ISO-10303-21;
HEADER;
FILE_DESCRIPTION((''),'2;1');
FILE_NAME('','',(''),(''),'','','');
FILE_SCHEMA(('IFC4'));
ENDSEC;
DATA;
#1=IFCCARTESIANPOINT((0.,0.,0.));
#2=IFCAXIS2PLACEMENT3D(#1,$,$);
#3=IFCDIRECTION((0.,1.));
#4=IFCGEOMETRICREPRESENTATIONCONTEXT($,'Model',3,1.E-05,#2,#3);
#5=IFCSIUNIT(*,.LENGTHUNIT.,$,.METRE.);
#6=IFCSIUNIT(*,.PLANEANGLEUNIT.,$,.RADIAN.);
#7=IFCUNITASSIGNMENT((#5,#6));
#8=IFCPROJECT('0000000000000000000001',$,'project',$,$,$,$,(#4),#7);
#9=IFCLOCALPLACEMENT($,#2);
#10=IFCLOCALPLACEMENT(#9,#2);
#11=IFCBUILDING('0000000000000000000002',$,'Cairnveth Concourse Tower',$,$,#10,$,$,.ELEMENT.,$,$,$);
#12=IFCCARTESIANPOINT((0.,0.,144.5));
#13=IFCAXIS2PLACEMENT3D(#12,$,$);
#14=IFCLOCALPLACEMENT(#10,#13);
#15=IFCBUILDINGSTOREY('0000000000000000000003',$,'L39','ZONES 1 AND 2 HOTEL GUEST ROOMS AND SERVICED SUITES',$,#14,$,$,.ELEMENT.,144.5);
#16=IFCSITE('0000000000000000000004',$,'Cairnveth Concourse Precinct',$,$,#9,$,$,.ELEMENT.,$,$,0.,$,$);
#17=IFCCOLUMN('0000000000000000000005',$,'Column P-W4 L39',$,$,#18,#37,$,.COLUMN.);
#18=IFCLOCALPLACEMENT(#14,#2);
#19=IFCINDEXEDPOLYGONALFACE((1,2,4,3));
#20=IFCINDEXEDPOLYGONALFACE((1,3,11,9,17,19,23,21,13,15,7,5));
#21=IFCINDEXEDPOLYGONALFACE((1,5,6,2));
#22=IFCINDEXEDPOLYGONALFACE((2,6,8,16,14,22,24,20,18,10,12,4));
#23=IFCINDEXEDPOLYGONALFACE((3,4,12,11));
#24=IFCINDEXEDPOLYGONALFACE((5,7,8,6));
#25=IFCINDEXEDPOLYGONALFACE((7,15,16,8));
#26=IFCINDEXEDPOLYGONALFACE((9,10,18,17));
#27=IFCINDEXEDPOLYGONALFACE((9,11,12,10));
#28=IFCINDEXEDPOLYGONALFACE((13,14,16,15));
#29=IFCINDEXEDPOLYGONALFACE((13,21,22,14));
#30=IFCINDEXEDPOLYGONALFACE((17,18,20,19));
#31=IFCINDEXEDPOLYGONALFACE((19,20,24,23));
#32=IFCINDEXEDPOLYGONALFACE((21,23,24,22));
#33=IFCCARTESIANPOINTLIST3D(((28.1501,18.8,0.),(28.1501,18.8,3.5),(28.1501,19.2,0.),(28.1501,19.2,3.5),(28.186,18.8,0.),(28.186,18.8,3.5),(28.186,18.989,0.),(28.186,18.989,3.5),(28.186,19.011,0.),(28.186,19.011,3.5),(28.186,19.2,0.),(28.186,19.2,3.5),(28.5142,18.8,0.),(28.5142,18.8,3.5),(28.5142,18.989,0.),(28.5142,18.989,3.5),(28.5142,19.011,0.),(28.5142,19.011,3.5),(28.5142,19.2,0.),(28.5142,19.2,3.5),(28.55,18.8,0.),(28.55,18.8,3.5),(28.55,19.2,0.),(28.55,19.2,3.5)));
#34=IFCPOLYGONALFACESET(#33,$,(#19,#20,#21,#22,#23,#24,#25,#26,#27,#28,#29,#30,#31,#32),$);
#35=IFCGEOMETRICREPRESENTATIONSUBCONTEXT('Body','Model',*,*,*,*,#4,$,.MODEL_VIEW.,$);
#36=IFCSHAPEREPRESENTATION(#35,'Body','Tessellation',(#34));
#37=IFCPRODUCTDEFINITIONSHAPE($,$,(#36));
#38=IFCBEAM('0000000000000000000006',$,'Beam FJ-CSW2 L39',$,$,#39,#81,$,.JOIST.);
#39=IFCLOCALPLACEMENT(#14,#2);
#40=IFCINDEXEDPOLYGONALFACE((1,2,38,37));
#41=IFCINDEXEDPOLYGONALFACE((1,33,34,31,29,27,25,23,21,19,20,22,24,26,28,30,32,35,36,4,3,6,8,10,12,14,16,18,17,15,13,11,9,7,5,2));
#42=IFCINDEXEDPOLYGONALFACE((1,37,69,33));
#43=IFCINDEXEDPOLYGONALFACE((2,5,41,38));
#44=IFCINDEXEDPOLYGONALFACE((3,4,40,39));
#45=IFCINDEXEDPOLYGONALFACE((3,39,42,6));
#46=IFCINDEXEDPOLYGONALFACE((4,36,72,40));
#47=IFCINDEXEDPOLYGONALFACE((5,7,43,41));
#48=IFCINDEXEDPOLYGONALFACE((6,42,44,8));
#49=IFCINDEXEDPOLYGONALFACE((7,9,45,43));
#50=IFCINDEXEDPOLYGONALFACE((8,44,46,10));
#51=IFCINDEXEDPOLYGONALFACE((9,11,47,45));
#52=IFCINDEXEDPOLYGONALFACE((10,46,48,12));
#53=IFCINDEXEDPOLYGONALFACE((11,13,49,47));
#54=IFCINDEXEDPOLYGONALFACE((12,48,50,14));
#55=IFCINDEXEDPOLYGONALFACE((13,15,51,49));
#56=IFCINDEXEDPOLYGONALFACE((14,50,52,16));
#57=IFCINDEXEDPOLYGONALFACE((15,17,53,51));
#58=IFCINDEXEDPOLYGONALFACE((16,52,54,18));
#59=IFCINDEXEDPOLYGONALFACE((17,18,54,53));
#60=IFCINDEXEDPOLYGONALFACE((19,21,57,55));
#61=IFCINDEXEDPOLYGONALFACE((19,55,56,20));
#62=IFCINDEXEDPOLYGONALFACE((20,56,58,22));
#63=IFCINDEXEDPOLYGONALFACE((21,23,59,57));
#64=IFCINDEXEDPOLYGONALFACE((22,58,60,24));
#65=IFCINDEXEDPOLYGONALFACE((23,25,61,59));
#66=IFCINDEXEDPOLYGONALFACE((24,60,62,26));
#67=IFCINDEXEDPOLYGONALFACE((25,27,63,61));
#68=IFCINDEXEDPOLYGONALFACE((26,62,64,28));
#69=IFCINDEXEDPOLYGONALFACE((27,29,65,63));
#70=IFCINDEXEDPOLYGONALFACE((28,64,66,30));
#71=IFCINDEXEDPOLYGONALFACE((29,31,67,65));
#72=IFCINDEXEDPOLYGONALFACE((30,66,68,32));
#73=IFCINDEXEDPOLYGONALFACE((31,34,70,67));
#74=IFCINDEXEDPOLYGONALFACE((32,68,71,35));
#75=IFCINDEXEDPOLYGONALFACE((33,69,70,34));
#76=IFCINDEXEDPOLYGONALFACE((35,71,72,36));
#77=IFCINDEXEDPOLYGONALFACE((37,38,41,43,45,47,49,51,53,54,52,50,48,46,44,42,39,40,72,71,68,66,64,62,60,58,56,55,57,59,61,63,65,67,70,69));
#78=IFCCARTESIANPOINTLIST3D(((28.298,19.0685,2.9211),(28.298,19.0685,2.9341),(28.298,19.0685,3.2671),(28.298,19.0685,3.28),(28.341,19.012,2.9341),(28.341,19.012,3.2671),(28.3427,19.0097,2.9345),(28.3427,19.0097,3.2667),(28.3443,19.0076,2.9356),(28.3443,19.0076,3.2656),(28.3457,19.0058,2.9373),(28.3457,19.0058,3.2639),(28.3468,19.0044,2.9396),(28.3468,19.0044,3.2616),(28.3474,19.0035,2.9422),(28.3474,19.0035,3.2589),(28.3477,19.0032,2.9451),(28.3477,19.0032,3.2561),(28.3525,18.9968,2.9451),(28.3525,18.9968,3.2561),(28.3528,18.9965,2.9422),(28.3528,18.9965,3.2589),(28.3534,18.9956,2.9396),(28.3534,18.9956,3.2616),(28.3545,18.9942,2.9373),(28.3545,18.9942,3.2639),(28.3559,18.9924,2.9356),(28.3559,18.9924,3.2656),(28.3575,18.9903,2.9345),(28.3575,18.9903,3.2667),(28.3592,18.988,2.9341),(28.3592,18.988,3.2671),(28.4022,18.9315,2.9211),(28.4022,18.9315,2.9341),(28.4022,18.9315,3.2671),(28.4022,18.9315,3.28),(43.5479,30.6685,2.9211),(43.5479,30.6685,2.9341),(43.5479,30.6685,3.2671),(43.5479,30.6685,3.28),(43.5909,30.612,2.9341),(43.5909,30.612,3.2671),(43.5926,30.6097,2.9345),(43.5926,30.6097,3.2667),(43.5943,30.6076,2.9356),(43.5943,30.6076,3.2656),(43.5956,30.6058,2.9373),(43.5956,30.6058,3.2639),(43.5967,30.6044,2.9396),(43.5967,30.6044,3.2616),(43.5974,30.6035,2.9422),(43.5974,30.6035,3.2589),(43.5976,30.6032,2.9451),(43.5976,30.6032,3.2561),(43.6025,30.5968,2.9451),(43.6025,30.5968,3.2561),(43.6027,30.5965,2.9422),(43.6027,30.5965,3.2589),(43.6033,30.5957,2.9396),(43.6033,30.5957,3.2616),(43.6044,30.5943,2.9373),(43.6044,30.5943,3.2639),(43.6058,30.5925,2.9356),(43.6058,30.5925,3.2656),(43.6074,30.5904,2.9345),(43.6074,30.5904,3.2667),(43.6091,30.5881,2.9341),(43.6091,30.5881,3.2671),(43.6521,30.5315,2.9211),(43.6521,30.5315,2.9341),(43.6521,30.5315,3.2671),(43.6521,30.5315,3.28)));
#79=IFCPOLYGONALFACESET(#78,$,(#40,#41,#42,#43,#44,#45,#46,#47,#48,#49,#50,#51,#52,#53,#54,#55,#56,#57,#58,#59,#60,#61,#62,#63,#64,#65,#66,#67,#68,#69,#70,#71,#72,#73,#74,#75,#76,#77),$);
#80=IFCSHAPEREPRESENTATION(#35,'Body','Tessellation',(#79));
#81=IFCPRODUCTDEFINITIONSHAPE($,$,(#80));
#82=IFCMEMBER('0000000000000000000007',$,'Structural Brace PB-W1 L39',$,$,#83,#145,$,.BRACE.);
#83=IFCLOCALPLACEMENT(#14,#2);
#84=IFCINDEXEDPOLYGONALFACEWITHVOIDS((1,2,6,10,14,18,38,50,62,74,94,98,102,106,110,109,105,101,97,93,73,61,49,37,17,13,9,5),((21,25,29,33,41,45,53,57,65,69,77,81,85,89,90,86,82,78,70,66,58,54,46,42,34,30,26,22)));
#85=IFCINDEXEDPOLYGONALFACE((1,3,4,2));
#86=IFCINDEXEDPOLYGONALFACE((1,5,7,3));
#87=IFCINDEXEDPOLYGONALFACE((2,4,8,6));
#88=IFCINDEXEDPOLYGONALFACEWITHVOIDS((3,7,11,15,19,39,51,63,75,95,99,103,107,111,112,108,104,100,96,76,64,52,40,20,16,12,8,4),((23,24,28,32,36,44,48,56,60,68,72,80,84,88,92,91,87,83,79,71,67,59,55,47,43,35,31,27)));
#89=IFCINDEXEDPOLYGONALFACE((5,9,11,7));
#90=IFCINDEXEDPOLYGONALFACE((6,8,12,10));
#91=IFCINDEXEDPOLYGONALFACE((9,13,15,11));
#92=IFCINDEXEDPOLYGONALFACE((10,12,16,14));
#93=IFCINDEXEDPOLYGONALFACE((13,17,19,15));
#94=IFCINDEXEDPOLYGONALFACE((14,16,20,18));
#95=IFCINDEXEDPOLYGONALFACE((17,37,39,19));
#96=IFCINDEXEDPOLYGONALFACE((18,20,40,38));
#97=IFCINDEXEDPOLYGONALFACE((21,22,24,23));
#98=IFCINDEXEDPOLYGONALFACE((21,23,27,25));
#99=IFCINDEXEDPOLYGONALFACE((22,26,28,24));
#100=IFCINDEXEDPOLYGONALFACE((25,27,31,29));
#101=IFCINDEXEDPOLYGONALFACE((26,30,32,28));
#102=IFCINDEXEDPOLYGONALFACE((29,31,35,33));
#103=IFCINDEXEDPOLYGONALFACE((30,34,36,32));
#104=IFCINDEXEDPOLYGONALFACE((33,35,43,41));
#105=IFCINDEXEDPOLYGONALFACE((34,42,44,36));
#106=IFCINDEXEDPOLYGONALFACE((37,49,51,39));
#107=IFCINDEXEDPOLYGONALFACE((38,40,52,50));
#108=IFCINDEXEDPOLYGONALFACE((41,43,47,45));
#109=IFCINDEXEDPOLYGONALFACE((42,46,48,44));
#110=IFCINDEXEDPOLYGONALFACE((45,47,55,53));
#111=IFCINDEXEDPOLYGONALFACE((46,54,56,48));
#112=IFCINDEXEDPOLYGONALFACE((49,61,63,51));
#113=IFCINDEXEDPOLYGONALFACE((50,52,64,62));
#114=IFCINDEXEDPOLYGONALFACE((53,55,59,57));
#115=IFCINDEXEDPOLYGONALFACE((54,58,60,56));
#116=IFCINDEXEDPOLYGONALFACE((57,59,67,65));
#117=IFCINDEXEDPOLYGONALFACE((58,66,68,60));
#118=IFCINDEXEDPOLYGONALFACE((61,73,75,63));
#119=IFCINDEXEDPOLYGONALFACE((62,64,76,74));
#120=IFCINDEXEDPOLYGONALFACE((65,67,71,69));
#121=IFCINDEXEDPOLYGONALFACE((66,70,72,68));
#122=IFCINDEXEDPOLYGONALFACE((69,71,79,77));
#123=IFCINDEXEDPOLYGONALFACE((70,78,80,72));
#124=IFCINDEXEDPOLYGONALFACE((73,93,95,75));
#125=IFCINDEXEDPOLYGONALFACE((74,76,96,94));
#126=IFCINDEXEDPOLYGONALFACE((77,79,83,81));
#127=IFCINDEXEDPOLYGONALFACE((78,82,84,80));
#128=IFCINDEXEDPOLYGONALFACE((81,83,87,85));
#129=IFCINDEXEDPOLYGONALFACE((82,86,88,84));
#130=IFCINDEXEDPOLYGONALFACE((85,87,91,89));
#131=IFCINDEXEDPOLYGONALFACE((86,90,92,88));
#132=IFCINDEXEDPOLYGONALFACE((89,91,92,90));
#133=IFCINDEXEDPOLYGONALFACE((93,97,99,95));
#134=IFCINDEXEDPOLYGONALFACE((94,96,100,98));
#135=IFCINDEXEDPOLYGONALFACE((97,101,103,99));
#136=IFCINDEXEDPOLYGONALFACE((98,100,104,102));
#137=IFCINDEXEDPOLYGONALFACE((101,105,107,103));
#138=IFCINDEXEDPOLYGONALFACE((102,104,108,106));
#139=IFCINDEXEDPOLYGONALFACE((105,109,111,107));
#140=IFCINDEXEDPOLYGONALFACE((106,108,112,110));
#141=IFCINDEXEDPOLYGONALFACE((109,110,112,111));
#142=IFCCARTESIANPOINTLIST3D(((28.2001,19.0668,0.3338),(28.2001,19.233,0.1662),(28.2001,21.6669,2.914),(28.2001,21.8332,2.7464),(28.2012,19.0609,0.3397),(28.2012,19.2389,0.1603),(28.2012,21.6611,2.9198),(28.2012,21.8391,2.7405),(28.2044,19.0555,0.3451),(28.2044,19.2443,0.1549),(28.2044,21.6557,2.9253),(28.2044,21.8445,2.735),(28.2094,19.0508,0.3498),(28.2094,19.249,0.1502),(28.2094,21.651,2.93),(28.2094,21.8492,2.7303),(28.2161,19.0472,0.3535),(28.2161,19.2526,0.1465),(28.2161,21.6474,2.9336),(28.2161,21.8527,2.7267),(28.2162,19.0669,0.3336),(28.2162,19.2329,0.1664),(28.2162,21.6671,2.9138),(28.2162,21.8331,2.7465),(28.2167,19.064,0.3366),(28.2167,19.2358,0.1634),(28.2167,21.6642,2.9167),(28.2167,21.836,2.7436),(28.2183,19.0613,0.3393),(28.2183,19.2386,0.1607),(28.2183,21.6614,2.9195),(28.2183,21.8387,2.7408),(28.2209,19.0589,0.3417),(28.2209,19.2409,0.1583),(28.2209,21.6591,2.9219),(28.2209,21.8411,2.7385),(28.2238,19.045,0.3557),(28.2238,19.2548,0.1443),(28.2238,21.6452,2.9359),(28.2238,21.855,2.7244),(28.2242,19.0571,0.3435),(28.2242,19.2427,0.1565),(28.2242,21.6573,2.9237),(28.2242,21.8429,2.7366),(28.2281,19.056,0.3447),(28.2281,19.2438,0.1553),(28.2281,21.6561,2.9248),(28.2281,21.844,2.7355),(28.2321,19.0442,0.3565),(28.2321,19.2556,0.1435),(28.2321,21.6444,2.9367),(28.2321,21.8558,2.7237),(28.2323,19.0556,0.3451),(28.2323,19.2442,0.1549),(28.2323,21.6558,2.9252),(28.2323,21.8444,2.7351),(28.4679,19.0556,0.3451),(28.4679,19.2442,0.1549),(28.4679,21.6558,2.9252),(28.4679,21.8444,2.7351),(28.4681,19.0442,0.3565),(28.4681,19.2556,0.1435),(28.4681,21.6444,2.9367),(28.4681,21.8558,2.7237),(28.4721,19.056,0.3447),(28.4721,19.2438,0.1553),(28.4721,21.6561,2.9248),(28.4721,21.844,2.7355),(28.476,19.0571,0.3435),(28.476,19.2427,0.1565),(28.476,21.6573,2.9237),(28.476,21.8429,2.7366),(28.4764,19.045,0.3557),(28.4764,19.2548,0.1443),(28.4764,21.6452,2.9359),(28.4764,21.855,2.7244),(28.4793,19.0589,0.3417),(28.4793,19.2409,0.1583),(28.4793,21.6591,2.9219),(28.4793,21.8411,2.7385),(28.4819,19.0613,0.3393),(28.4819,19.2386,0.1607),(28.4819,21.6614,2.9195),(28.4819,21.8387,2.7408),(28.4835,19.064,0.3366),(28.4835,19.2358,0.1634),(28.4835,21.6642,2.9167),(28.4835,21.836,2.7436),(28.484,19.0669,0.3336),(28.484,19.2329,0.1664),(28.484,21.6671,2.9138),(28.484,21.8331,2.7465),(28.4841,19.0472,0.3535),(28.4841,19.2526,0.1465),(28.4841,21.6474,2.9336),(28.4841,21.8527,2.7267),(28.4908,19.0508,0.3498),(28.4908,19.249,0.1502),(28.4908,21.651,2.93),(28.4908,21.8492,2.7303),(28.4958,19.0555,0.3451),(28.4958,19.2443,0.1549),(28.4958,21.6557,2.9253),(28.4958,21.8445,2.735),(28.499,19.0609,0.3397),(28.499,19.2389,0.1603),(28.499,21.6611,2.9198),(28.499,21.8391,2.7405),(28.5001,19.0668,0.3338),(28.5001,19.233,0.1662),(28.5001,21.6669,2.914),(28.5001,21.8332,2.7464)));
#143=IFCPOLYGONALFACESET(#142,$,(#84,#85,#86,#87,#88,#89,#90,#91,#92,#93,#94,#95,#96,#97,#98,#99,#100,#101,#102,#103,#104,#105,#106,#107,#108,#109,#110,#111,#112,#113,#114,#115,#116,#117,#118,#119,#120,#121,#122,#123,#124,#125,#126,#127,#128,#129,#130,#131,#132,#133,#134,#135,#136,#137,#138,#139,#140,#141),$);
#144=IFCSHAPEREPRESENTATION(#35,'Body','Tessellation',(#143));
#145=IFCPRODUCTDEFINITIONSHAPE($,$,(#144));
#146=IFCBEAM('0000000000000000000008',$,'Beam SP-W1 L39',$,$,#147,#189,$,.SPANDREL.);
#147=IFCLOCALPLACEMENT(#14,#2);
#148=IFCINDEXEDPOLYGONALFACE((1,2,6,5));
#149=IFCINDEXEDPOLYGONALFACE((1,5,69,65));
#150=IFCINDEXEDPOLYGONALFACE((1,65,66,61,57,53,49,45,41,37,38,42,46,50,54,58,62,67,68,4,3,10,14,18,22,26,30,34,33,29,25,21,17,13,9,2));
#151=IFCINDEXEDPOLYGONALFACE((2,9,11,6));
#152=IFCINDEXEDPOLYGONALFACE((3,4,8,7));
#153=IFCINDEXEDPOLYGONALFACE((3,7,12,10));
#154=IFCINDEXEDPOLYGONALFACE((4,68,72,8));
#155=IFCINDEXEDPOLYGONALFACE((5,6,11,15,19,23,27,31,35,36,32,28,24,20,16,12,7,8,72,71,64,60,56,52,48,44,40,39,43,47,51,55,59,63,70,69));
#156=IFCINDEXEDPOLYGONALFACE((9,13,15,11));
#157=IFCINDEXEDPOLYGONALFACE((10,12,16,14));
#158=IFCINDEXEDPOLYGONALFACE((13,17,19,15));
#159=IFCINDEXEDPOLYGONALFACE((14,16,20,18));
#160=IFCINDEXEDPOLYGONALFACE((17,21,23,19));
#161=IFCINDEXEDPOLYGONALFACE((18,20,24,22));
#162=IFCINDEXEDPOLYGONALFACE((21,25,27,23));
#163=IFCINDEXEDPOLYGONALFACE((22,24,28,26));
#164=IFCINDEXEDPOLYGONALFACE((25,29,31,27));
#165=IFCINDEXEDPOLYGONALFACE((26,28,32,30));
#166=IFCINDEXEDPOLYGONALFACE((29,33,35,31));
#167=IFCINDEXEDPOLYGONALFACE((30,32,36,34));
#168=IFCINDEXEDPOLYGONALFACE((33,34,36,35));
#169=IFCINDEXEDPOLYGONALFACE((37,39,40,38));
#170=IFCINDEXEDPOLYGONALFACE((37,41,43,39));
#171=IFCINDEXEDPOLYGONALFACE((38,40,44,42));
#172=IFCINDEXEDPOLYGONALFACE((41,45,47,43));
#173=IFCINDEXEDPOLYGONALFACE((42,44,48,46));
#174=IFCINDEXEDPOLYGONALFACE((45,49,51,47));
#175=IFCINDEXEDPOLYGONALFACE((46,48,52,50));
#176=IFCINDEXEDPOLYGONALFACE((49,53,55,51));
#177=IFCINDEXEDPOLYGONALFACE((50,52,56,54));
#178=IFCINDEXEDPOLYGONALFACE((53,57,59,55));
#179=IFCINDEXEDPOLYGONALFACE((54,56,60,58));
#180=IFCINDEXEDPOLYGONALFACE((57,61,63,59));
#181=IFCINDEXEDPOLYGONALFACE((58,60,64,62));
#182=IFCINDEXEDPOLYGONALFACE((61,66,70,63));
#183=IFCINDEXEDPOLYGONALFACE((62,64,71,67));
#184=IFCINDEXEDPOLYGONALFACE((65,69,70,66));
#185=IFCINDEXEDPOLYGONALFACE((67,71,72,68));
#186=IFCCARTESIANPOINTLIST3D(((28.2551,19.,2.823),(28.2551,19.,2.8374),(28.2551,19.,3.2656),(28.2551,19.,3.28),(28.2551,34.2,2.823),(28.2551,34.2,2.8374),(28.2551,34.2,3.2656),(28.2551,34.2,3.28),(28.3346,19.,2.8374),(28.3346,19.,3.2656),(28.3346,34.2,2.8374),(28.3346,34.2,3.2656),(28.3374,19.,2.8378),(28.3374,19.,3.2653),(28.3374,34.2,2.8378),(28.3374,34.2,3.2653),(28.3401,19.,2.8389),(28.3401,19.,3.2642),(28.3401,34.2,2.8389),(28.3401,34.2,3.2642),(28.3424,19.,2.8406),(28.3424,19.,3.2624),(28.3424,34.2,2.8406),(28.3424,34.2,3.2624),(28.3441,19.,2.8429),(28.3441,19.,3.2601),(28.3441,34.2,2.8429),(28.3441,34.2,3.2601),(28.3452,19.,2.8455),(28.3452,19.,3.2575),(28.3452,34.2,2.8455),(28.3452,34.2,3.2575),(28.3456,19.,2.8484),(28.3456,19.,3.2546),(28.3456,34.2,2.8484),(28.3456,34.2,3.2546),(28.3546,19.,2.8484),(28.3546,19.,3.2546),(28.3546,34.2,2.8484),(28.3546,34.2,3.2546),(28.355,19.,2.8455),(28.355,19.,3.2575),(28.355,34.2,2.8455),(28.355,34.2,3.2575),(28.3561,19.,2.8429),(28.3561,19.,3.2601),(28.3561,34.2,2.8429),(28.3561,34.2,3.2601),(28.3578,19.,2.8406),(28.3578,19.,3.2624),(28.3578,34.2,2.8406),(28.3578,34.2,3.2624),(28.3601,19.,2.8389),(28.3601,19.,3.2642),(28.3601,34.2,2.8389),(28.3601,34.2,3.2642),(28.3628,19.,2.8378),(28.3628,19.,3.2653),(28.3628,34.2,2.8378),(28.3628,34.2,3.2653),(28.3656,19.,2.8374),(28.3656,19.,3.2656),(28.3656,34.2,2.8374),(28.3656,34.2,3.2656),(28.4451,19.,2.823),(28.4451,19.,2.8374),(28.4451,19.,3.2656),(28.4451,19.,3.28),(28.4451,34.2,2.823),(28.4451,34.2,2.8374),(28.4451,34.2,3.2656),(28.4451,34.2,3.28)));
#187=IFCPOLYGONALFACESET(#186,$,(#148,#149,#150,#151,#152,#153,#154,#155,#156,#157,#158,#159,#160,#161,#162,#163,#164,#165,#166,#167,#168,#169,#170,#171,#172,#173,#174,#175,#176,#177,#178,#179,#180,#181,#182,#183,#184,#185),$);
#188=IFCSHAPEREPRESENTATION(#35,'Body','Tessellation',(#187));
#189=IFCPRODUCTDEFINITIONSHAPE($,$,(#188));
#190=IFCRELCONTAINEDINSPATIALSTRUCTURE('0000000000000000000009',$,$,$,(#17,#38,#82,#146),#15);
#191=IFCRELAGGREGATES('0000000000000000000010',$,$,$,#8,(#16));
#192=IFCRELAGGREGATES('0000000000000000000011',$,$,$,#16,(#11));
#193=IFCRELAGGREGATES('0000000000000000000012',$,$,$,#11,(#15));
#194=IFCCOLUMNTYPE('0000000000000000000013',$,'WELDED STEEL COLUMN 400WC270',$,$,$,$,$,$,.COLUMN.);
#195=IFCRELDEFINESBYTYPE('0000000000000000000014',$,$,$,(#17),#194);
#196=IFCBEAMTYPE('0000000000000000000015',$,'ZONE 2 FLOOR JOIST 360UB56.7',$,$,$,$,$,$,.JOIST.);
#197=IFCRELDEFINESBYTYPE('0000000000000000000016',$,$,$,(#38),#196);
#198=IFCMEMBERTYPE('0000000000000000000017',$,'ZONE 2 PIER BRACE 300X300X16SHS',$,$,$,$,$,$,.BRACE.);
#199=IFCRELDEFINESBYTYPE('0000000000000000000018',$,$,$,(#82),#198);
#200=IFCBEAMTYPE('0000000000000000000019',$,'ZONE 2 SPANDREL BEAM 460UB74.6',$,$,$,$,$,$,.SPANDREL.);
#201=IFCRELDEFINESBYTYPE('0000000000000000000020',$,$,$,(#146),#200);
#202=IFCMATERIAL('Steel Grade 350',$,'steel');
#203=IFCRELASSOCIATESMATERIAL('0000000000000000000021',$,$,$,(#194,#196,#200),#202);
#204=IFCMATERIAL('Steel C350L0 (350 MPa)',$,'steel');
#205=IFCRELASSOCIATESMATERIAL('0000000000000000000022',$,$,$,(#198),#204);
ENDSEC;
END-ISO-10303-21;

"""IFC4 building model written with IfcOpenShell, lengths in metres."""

from ifc_helpers import new_model, si_unit, direction, frame, origin, origin_2d, place, context, subcontext, project, spatial, hollow_rectangle, i_section, extrude, material, material_profile, profile_set, type_object, element, save


model = new_model("IFC4")

# Units and contexts
model_context = context("Model", 3, precision=1e-05, world=origin(), true_north=direction((0.0, 1.0)))
body_context = subcontext(model_context, "Body", "Model", "MODEL_VIEW")
ifc_project = project(units=[si_unit("LENGTHUNIT", "METRE"), si_unit("PLANEANGLEUNIT", "RADIAN")], contexts=[model_context])

# Site, building, storey
site_placement = place(None, origin())
site = spatial("IfcSite", under=ifc_project, at=site_placement, Name="Cairnveth Concourse Precinct", CompositionType="ELEMENT", RefElevation=0.0)
building_placement = place(site_placement, origin())
building = spatial("IfcBuilding", under=site, at=building_placement, Name="Cairnveth Concourse Tower", CompositionType="ELEMENT")
storey_placement = place(building_placement, frame((0.0, 0.0, 144.5)))
storey = spatial("IfcBuildingStorey", under=building, at=storey_placement, Name="L39", Description="ZONES 1 AND 2 HOTEL GUEST ROOMS AND SERVICED SUITES", CompositionType="ELEMENT", Elevation=144.5)

# Column
ifc_material_1 = material(Name="Steel Grade 350", Category="steel")
ifc_material_profile_1 = material_profile(ifc_material_1, i_section(OverallWidth=0.3999, OverallDepth=0.3999, WebThickness=0.022, FlangeThickness=0.0359, at=origin_2d()), Name="400WC270")
ifc_profile_set_1 = profile_set([ifc_material_profile_1], Name="Steel Grade 350")
column_type = type_object("IfcColumnType", Name="WELDED STEEL COLUMN 400WC270", PredefinedType="COLUMN", material=ifc_profile_set_1)
column_placement = place(storey_placement, frame((28.3501, 19.0, 0.0), z_axis=(0.0, 0.0, 1.0), x_axis=(0.0, 1.0, 0.0)))
element("IfcColumn", 1, at=column_placement, inside=storey, type_object=column_type, Name="Column P-W4 L39", PredefinedType="COLUMN", context=body_context, shape_type="SweptSolid", body=[
    extrude(i_section(OverallWidth=0.3999, OverallDepth=0.3999, WebThickness=0.022, FlangeThickness=0.0359, at=origin_2d()), origin(), (0.0, 0.0, 1.0), 3.5),
])

# Beam
ifc_material_profile_2 = material_profile(ifc_material_1, i_section(OverallWidth=0.1721, OverallDepth=0.3589, WebThickness=0.0081, FlangeThickness=0.0129, FilletRadius=0.011, at=origin_2d()), Name="360UB56.7")
ifc_profile_set_2 = profile_set([ifc_material_profile_2], Name="Steel Grade 350")
beam_type_1 = type_object("IfcBeamType", Name="ZONE 2 FLOOR JOIST 360UB56.7", PredefinedType="JOIST", material=ifc_profile_set_2)
beam_1_placement = place(storey_placement, frame((28.3501, 19.0, 3.1006), z_axis=(0.795908, 0.605417, 0.0), x_axis=(-0.605417, 0.795908, 0.0)))
element("IfcBeam", 2, at=beam_1_placement, inside=storey, type_object=beam_type_1, Name="Beam FJ-CSW2 L39", PredefinedType="JOIST", context=body_context, shape_type="SweptSolid", body=[
    extrude(i_section(OverallWidth=0.1721, OverallDepth=0.3589, WebThickness=0.0081, FlangeThickness=0.0129, FilletRadius=0.011, at=origin_2d()), origin(), (0.0, 0.0, 1.0), 19.1604),
])

# Member
ifc_material_2 = material(Name="Steel C350L0 (350 MPa)", Category="steel")
ifc_material_profile_3 = material_profile(ifc_material_2, hollow_rectangle(XDim=0.3, YDim=0.3, WallThickness=0.0161, InnerFilletRadius=0.0161, OuterFilletRadius=0.032, at=origin_2d()), Name="300x300x16.0SHS")
ifc_profile_set_3 = profile_set([ifc_material_profile_3], Name="Steel C350L0 (350 MPa)")
member_type = type_object("IfcMemberType", Name="ZONE 2 PIER BRACE 300X300X16SHS", PredefinedType="BRACE", material=ifc_profile_set_3)
member_placement = place(storey_placement, frame((28.3501, 19.1499, 0.25), z_axis=(0.0, 0.709834, 0.704369), x_axis=(-1.0, 0.0, 0.0)))
element("IfcMember", 3, at=member_placement, inside=storey, type_object=member_type, Name="Structural Brace PB-W1 L39", PredefinedType="BRACE", context=body_context, shape_type="SweptSolid", body=[
    extrude(hollow_rectangle(XDim=0.3, YDim=0.3, WallThickness=0.0161, InnerFilletRadius=0.0161, OuterFilletRadius=0.032, at=origin_2d()), origin(), (0.0, 0.0, 1.0), 3.6631),
])

# Beam
ifc_material_profile_4 = material_profile(ifc_material_1, i_section(OverallWidth=0.1899, OverallDepth=0.457, WebThickness=0.009, FlangeThickness=0.0144, FilletRadius=0.011, at=origin_2d()), Name="460UB74.6")
ifc_profile_set_4 = profile_set([ifc_material_profile_4], Name="Steel Grade 350")
beam_type_2 = type_object("IfcBeamType", Name="ZONE 2 SPANDREL BEAM 460UB74.6", PredefinedType="SPANDREL", material=ifc_profile_set_4)
beam_2_placement = place(storey_placement, frame((28.3501, 19.0, 3.0515), z_axis=(0.0, 1.0, 0.0), x_axis=(-1.0, 0.0, 0.0)))
element("IfcBeam", 4, at=beam_2_placement, inside=storey, type_object=beam_type_2, Name="Beam SP-W1 L39", PredefinedType="SPANDREL", context=body_context, shape_type="SweptSolid", body=[
    extrude(i_section(OverallWidth=0.1899, OverallDepth=0.457, WebThickness=0.009, FlangeThickness=0.0144, FilletRadius=0.011, at=origin_2d()), origin(), (0.0, 0.0, 1.0), 15.2),
])

save(model, "model.ifc")
